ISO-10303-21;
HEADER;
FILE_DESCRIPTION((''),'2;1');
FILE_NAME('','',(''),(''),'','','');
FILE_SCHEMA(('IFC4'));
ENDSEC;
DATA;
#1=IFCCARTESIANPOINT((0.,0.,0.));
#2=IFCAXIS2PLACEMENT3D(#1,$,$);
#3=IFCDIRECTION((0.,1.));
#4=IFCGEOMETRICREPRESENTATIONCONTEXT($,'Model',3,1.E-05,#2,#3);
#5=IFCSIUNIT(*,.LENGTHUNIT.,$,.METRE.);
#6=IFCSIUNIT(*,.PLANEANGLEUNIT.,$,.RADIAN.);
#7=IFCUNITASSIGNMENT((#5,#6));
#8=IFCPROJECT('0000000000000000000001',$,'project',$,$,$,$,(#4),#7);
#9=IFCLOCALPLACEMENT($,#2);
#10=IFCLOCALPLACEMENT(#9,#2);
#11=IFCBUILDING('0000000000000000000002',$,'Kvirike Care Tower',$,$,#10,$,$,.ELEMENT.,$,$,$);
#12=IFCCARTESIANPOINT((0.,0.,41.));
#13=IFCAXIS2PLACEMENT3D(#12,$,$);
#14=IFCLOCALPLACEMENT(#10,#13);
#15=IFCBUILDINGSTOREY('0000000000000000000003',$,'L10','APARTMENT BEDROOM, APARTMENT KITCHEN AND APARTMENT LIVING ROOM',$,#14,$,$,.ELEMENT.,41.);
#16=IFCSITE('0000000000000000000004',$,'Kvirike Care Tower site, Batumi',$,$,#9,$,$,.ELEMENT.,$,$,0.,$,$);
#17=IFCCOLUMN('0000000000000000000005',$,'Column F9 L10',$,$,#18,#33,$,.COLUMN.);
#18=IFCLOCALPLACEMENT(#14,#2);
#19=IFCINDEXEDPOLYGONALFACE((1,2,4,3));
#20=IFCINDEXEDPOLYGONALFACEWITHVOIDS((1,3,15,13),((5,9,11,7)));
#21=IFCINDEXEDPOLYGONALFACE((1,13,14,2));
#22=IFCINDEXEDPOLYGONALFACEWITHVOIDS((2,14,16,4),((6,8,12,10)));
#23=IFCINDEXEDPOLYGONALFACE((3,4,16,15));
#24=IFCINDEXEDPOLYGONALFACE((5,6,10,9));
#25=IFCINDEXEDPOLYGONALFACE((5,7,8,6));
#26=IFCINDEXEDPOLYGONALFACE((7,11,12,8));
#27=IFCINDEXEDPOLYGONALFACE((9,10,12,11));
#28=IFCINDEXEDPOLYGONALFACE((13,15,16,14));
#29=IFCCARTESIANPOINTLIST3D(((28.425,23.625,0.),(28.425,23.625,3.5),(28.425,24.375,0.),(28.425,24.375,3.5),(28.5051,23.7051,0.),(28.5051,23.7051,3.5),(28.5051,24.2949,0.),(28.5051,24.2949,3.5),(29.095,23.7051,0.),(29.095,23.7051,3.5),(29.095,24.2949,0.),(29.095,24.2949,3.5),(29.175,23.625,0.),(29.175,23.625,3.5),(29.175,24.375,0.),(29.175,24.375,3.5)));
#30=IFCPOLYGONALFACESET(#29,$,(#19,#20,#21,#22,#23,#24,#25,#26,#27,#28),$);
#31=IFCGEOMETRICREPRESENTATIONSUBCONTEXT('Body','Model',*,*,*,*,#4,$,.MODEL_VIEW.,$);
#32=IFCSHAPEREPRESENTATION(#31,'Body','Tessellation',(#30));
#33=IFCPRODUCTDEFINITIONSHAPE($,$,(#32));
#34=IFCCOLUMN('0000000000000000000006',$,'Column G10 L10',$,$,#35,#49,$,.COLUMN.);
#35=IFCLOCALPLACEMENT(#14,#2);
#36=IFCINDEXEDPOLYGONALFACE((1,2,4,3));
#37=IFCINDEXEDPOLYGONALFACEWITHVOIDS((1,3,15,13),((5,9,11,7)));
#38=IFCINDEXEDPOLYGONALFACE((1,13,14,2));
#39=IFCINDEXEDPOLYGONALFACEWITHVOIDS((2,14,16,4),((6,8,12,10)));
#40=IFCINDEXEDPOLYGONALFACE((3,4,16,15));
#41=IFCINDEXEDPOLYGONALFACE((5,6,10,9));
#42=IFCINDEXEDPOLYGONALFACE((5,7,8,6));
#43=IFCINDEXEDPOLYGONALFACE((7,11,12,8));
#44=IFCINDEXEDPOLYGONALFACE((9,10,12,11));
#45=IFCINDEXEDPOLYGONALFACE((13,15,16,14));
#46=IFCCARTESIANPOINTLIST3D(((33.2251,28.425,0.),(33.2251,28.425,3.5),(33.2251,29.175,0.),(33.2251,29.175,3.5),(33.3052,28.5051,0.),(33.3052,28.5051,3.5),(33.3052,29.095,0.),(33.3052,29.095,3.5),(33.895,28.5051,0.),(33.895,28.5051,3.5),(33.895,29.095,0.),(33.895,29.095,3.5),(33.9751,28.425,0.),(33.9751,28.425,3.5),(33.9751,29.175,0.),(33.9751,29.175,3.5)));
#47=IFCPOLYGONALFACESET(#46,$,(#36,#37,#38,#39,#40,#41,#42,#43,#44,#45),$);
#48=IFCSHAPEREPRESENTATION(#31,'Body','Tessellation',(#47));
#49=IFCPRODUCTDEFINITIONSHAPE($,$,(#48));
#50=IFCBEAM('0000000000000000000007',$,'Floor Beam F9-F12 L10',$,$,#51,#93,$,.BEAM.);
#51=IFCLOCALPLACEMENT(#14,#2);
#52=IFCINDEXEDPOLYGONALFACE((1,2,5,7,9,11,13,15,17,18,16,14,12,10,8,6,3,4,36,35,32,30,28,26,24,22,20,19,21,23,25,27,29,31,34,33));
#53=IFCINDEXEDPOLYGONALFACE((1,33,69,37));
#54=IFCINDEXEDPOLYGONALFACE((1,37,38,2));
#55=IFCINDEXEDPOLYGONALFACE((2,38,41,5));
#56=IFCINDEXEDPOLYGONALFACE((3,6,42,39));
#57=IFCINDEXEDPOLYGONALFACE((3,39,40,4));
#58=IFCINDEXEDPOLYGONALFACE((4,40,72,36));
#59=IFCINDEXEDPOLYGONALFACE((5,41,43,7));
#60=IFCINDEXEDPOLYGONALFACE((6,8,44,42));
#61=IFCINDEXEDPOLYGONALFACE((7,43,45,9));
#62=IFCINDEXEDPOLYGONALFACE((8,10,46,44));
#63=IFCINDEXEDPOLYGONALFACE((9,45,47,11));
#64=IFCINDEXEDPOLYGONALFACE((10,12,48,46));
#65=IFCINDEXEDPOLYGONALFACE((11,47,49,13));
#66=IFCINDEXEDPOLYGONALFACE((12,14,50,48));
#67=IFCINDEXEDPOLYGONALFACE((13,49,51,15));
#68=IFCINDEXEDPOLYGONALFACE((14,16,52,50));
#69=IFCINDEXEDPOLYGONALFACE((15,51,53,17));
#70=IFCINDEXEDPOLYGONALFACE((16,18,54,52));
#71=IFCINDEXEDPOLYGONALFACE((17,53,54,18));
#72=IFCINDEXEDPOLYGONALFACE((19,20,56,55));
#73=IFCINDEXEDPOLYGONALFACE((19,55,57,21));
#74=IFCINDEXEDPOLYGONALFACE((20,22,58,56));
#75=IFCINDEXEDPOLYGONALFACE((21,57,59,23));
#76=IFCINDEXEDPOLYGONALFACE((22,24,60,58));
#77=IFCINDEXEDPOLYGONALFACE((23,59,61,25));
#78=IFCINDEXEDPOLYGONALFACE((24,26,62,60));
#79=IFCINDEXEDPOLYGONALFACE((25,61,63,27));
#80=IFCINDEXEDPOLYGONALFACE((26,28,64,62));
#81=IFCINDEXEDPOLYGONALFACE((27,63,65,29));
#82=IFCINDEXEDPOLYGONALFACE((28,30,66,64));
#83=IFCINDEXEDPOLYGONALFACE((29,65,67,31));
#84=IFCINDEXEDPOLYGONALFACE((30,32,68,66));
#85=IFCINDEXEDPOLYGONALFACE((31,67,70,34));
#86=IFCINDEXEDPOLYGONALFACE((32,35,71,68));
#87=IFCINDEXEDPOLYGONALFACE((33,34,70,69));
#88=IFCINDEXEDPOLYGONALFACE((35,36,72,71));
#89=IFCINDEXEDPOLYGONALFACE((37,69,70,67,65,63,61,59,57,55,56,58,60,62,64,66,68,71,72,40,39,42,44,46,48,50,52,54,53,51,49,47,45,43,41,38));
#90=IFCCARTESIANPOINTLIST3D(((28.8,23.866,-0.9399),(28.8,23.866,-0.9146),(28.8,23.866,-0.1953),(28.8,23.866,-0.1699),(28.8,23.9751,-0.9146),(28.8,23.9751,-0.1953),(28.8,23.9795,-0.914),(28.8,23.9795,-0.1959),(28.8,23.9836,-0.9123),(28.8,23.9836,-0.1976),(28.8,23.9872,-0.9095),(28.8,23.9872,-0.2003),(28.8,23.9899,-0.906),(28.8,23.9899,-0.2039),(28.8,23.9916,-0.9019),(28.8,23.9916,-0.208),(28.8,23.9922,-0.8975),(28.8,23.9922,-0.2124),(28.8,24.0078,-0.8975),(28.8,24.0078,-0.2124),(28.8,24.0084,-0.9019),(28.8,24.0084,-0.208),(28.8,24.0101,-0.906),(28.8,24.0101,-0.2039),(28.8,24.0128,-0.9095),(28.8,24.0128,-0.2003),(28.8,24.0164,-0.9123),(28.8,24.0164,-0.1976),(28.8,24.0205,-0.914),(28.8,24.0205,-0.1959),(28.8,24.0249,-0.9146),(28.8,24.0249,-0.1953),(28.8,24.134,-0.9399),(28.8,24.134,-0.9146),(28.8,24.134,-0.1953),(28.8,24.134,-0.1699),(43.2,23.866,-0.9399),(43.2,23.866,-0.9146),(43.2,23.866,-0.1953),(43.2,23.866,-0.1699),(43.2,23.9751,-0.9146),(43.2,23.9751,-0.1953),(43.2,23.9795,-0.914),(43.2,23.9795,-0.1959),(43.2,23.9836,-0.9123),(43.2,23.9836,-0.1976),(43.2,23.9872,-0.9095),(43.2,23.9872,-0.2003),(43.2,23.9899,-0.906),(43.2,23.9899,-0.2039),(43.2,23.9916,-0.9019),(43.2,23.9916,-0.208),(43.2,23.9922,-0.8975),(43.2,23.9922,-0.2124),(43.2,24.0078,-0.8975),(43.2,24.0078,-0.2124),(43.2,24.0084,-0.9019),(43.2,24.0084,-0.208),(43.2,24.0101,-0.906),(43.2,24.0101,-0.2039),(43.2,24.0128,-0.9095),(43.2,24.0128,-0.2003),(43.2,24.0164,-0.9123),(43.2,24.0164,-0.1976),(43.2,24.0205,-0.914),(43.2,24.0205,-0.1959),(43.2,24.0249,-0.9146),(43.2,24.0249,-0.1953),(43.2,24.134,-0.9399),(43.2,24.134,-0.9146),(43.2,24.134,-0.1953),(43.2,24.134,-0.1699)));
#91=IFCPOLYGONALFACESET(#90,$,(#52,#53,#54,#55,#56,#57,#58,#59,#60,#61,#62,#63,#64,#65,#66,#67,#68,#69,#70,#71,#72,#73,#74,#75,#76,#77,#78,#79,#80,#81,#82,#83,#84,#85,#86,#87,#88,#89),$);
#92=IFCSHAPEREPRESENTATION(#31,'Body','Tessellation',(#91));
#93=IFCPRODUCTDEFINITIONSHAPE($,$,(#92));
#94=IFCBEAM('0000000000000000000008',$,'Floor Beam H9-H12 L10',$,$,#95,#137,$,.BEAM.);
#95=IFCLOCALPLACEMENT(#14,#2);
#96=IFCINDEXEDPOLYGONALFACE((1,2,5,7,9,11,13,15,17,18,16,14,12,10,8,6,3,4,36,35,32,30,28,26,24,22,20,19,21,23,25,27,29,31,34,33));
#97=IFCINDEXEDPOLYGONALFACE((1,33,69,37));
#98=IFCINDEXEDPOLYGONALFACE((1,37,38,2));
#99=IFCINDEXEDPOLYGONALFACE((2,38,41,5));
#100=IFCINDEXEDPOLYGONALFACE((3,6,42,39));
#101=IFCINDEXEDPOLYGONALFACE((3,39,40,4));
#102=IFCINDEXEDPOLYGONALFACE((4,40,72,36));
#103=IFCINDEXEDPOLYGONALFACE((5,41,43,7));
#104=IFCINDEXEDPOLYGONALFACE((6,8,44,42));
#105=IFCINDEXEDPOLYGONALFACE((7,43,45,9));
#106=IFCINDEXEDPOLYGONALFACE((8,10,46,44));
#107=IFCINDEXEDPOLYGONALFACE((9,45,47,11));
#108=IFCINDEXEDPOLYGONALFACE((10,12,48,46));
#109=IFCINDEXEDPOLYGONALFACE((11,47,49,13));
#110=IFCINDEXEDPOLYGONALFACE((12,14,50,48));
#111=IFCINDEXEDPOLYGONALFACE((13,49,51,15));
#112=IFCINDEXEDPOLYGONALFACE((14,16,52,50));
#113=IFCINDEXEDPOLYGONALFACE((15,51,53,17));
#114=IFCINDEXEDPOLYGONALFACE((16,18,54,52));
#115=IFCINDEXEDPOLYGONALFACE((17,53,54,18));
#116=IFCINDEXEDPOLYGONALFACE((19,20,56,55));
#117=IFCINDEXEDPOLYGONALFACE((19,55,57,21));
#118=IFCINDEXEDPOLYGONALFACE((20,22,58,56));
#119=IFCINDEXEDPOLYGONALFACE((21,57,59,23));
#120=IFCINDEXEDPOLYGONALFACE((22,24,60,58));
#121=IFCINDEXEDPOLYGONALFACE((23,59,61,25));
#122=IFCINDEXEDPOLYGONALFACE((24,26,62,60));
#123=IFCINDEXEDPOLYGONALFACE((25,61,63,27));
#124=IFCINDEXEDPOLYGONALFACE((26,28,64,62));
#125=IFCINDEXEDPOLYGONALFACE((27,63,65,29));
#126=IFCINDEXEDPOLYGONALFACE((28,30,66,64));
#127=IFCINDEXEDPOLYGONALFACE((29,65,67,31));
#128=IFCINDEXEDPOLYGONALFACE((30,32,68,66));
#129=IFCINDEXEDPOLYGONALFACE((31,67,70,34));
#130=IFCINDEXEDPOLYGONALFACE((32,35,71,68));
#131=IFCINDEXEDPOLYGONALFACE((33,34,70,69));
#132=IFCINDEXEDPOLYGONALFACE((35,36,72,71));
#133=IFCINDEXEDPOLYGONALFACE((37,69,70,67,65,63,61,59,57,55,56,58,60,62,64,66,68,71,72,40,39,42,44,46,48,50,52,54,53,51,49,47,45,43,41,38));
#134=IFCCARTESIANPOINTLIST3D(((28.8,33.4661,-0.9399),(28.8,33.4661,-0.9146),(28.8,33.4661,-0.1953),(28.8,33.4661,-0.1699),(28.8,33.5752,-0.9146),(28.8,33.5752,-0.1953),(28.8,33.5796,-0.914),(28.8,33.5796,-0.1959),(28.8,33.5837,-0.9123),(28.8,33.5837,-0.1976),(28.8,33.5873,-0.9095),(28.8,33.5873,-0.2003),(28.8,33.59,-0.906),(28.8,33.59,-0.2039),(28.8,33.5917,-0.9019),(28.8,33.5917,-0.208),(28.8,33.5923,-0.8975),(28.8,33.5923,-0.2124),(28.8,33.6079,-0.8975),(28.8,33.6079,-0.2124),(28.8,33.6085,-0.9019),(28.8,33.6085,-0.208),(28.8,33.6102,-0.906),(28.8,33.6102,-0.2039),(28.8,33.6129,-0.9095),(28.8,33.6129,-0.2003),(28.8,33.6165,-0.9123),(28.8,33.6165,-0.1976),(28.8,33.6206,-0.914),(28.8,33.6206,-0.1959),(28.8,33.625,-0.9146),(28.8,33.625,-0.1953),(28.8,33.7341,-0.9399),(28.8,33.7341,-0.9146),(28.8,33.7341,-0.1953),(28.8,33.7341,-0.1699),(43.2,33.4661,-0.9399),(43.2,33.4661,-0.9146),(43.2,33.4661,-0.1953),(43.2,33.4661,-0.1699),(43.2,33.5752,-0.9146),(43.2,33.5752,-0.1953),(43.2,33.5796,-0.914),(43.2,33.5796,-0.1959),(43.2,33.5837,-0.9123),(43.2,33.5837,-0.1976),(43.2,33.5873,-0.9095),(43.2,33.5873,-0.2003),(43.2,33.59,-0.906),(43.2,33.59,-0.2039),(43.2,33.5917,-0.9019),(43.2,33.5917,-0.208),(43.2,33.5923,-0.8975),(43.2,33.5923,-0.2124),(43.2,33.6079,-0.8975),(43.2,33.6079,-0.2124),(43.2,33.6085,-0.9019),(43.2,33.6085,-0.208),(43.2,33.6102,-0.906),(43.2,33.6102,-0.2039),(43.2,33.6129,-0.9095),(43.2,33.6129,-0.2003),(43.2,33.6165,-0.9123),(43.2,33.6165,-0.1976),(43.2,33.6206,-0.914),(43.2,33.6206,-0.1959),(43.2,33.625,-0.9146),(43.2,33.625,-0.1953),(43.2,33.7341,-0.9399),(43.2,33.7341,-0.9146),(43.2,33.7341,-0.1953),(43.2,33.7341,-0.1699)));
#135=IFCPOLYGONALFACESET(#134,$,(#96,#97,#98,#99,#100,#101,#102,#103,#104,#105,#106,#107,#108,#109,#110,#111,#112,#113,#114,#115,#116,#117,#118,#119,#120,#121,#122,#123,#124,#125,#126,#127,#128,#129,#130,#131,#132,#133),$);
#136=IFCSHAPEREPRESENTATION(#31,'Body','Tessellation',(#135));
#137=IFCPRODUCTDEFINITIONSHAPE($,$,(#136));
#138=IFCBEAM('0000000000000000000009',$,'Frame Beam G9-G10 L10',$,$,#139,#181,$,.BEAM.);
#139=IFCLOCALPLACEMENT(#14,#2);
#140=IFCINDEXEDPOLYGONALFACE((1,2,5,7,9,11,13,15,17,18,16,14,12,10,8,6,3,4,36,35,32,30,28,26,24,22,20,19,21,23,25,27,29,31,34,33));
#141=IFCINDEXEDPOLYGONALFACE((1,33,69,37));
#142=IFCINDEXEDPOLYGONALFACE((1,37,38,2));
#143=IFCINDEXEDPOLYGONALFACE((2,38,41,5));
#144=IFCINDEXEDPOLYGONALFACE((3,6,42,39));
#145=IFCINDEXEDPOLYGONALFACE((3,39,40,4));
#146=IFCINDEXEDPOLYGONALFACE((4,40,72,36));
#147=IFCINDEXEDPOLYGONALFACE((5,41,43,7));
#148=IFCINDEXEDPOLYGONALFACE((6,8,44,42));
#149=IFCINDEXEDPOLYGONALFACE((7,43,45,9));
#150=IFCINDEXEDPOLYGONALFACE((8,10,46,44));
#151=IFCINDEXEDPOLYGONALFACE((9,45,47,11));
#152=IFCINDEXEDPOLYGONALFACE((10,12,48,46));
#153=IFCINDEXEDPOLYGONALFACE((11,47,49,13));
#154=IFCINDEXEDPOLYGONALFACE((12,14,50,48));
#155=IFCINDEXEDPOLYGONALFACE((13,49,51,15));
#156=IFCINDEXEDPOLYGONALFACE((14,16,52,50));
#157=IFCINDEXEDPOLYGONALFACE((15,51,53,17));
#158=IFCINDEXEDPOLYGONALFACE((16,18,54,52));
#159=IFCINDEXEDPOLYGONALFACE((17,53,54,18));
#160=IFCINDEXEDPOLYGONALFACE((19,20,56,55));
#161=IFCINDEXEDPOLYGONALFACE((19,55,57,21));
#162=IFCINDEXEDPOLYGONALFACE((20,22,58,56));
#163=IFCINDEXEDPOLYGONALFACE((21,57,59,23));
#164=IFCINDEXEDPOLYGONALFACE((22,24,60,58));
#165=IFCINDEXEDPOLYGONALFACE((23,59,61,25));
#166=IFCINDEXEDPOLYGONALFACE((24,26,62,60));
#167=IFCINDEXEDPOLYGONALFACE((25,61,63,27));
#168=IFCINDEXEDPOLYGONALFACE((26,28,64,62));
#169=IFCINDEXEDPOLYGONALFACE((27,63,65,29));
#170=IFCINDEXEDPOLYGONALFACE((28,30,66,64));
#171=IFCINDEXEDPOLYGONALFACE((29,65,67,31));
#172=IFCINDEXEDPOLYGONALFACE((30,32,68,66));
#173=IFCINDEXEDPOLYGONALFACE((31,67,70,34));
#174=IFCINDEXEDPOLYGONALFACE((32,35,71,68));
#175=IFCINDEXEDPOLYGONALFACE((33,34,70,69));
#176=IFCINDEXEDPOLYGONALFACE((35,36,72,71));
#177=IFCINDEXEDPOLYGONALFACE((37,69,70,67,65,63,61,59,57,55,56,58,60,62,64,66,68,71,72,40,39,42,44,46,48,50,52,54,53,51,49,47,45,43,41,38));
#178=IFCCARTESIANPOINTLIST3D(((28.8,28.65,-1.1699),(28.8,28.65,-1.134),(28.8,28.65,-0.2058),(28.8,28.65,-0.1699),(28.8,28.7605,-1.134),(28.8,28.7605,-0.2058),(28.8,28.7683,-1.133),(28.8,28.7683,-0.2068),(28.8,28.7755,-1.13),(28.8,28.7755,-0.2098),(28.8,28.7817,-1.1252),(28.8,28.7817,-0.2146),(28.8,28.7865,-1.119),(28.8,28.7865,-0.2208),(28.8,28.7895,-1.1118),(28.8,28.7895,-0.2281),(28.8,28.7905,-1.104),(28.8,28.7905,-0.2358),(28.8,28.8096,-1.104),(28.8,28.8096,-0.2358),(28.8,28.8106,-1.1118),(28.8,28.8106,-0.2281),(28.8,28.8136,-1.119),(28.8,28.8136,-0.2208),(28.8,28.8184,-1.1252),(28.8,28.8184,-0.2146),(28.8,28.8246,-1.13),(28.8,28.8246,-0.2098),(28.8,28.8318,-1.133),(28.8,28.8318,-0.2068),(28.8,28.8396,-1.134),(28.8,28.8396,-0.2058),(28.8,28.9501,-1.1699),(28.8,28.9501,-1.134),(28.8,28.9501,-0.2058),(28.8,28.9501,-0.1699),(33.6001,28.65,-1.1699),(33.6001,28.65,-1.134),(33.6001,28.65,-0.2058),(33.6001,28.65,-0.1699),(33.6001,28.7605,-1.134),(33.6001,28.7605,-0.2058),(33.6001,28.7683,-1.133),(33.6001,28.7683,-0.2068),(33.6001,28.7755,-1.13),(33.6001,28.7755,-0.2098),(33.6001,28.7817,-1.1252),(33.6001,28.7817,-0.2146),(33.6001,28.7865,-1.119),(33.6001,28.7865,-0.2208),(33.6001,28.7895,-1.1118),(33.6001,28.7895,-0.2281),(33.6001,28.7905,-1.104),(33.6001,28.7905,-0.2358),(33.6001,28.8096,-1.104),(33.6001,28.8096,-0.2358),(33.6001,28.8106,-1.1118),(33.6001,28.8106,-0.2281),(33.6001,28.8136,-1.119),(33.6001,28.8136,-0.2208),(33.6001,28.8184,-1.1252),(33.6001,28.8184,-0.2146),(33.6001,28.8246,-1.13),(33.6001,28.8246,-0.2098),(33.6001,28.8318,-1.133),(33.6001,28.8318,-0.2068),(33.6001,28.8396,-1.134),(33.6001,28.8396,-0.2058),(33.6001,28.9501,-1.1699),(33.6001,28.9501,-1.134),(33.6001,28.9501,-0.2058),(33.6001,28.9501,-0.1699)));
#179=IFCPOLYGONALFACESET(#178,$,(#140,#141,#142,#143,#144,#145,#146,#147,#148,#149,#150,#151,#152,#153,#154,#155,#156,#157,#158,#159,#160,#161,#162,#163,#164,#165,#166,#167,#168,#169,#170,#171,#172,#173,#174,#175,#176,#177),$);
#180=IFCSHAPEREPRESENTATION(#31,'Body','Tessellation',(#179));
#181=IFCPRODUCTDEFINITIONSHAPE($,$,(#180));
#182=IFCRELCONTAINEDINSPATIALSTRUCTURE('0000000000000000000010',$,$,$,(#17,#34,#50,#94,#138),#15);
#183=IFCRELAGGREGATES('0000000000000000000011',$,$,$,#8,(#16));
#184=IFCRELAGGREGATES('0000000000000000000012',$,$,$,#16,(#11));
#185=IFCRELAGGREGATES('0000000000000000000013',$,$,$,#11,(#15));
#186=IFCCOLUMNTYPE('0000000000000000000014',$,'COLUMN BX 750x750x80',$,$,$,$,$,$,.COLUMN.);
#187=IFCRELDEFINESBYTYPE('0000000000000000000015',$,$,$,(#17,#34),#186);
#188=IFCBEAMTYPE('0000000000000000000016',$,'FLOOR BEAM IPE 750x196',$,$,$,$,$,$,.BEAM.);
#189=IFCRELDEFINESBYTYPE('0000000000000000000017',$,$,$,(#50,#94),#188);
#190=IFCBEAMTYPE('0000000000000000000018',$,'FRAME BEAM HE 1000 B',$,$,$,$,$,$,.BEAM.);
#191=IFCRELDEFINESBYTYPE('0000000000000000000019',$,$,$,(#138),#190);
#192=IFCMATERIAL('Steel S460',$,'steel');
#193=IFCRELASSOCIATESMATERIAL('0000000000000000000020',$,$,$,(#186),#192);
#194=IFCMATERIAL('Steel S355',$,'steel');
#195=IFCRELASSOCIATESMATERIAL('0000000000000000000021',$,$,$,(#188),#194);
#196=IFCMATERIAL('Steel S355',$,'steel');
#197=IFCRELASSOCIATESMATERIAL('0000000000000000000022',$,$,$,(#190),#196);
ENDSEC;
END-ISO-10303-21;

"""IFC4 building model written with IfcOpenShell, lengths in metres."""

from ifc_helpers import new_model, si_unit, direction, frame, origin, origin_2d, place, context, subcontext, project, spatial, hollow_rectangle, i_section, extrude, material, material_profile, profile_set, type_object, element, save


model = new_model("IFC4")

# Units and contexts
model_context = context("Model", 3, precision=1e-05, world=origin(), true_north=direction((0.0, 1.0)))
body_context = subcontext(model_context, "Body", "Model", "MODEL_VIEW")
ifc_project = project(units=[si_unit("LENGTHUNIT", "METRE"), si_unit("PLANEANGLEUNIT", "RADIAN")], contexts=[model_context])

# Site, building, storey
site_placement = place(None, origin())
site = spatial("IfcSite", under=ifc_project, at=site_placement, Name="Kvirike Care Tower site, Batumi", CompositionType="ELEMENT", RefElevation=0.0)
building_placement = place(site_placement, origin())
building = spatial("IfcBuilding", under=site, at=building_placement, Name="Kvirike Care Tower", CompositionType="ELEMENT")
storey_placement = place(building_placement, frame((0.0, 0.0, 41.0)))
storey = spatial("IfcBuildingStorey", under=building, at=storey_placement, Name="L10", Description="APARTMENT BEDROOM, APARTMENT KITCHEN AND APARTMENT LIVING ROOM", CompositionType="ELEMENT", Elevation=41.0)

# Columns
ifc_material_1 = material(Name="Steel S460", Category="steel")
ifc_material_profile_1 = material_profile(ifc_material_1, hollow_rectangle(XDim=0.75, YDim=0.75, WallThickness=0.0801, at=origin_2d()), Name="BX 750x750x80")
ifc_profile_set_1 = profile_set([ifc_material_profile_1], Name="Steel S460")
column_type = type_object("IfcColumnType", Name="COLUMN BX 750x750x80", PredefinedType="COLUMN", material=ifc_profile_set_1)
for number, where, z_axis, x_axis, name in (
    (1, (28.8, 24.0, 0.0), (0.0, 0.0, 1.0), (1.0, 0.0, 0.0), "Column F9 L10"),
    (2, (33.6001, 28.8, 0.0), (0.0, 0.0, 1.0), (0.0, 1.0, 0.0), "Column G10 L10"),
):
    element("IfcColumn", number, at=place(storey_placement, frame(where, z_axis=z_axis, x_axis=x_axis)), inside=storey, type_object=column_type, Name=name, PredefinedType="COLUMN", context=body_context, shape_type="SweptSolid", body=[
        extrude(hollow_rectangle(XDim=0.75, YDim=0.75, WallThickness=0.0801, at=origin_2d()), origin(), (0.0, 0.0, 1.0), 3.5),
    ])

# Beams
ifc_material_2 = material(Name="Steel S355", Category="steel")
ifc_material_profile_2 = material_profile(ifc_material_2, i_section(OverallWidth=0.2681, OverallDepth=0.77, WebThickness=0.0156, FlangeThickness=0.0254, FilletRadius=0.0171, at=origin_2d()), Name="IPE 750x196")
ifc_profile_set_2 = profile_set([ifc_material_profile_2], Name="Steel S355")
beam_type_1 = type_object("IfcBeamType", Name="FLOOR BEAM IPE 750x196", PredefinedType="BEAM", material=ifc_profile_set_2)
for number, where, z_axis, x_axis, name in (
    (3, (28.8, 24.0, -0.5549), (1.0, 0.0, 0.0), (0.0, 1.0, 0.0), "Floor Beam F9-F12 L10"),
    (4, (28.8, 33.6001, -0.5549), (1.0, 0.0, 0.0), (0.0, 1.0, 0.0), "Floor Beam H9-H12 L10"),
):
    element("IfcBeam", number, at=place(storey_placement, frame(where, z_axis=z_axis, x_axis=x_axis)), inside=storey, type_object=beam_type_1, Name=name, PredefinedType="BEAM", context=body_context, shape_type="SweptSolid", body=[
        extrude(i_section(OverallWidth=0.2681, OverallDepth=0.77, WebThickness=0.0156, FlangeThickness=0.0254, FilletRadius=0.0171, at=origin_2d()), origin(), (0.0, 0.0, 1.0), 14.3999),
    ])
ifc_material_3 = material(Name="Steel S355", Category="steel")
ifc_material_profile_3 = material_profile(ifc_material_3, i_section(OverallWidth=0.3, OverallDepth=1.0, WebThickness=0.019, FlangeThickness=0.0359, FilletRadius=0.03, at=origin_2d()), Name="HE 1000 B")
ifc_profile_set_3 = profile_set([ifc_material_profile_3], Name="Steel S355")
beam_type_2 = type_object("IfcBeamType", Name="FRAME BEAM HE 1000 B", PredefinedType="BEAM", material=ifc_profile_set_3)
for number, where, z_axis, x_axis, name in (
    (5, (28.8, 28.8, -0.6699), (1.0, 0.0, 0.0), (0.0, 1.0, 0.0), "Frame Beam G9-G10 L10"),
):
    element("IfcBeam", number, at=place(storey_placement, frame(where, z_axis=z_axis, x_axis=x_axis)), inside=storey, type_object=beam_type_2, Name=name, PredefinedType="BEAM", context=body_context, shape_type="SweptSolid", body=[
        extrude(i_section(OverallWidth=0.3, OverallDepth=1.0, WebThickness=0.019, FlangeThickness=0.0359, FilletRadius=0.03, at=origin_2d()), origin(), (0.0, 0.0, 1.0), 4.8),
    ])

save(model, "model.ifc")
